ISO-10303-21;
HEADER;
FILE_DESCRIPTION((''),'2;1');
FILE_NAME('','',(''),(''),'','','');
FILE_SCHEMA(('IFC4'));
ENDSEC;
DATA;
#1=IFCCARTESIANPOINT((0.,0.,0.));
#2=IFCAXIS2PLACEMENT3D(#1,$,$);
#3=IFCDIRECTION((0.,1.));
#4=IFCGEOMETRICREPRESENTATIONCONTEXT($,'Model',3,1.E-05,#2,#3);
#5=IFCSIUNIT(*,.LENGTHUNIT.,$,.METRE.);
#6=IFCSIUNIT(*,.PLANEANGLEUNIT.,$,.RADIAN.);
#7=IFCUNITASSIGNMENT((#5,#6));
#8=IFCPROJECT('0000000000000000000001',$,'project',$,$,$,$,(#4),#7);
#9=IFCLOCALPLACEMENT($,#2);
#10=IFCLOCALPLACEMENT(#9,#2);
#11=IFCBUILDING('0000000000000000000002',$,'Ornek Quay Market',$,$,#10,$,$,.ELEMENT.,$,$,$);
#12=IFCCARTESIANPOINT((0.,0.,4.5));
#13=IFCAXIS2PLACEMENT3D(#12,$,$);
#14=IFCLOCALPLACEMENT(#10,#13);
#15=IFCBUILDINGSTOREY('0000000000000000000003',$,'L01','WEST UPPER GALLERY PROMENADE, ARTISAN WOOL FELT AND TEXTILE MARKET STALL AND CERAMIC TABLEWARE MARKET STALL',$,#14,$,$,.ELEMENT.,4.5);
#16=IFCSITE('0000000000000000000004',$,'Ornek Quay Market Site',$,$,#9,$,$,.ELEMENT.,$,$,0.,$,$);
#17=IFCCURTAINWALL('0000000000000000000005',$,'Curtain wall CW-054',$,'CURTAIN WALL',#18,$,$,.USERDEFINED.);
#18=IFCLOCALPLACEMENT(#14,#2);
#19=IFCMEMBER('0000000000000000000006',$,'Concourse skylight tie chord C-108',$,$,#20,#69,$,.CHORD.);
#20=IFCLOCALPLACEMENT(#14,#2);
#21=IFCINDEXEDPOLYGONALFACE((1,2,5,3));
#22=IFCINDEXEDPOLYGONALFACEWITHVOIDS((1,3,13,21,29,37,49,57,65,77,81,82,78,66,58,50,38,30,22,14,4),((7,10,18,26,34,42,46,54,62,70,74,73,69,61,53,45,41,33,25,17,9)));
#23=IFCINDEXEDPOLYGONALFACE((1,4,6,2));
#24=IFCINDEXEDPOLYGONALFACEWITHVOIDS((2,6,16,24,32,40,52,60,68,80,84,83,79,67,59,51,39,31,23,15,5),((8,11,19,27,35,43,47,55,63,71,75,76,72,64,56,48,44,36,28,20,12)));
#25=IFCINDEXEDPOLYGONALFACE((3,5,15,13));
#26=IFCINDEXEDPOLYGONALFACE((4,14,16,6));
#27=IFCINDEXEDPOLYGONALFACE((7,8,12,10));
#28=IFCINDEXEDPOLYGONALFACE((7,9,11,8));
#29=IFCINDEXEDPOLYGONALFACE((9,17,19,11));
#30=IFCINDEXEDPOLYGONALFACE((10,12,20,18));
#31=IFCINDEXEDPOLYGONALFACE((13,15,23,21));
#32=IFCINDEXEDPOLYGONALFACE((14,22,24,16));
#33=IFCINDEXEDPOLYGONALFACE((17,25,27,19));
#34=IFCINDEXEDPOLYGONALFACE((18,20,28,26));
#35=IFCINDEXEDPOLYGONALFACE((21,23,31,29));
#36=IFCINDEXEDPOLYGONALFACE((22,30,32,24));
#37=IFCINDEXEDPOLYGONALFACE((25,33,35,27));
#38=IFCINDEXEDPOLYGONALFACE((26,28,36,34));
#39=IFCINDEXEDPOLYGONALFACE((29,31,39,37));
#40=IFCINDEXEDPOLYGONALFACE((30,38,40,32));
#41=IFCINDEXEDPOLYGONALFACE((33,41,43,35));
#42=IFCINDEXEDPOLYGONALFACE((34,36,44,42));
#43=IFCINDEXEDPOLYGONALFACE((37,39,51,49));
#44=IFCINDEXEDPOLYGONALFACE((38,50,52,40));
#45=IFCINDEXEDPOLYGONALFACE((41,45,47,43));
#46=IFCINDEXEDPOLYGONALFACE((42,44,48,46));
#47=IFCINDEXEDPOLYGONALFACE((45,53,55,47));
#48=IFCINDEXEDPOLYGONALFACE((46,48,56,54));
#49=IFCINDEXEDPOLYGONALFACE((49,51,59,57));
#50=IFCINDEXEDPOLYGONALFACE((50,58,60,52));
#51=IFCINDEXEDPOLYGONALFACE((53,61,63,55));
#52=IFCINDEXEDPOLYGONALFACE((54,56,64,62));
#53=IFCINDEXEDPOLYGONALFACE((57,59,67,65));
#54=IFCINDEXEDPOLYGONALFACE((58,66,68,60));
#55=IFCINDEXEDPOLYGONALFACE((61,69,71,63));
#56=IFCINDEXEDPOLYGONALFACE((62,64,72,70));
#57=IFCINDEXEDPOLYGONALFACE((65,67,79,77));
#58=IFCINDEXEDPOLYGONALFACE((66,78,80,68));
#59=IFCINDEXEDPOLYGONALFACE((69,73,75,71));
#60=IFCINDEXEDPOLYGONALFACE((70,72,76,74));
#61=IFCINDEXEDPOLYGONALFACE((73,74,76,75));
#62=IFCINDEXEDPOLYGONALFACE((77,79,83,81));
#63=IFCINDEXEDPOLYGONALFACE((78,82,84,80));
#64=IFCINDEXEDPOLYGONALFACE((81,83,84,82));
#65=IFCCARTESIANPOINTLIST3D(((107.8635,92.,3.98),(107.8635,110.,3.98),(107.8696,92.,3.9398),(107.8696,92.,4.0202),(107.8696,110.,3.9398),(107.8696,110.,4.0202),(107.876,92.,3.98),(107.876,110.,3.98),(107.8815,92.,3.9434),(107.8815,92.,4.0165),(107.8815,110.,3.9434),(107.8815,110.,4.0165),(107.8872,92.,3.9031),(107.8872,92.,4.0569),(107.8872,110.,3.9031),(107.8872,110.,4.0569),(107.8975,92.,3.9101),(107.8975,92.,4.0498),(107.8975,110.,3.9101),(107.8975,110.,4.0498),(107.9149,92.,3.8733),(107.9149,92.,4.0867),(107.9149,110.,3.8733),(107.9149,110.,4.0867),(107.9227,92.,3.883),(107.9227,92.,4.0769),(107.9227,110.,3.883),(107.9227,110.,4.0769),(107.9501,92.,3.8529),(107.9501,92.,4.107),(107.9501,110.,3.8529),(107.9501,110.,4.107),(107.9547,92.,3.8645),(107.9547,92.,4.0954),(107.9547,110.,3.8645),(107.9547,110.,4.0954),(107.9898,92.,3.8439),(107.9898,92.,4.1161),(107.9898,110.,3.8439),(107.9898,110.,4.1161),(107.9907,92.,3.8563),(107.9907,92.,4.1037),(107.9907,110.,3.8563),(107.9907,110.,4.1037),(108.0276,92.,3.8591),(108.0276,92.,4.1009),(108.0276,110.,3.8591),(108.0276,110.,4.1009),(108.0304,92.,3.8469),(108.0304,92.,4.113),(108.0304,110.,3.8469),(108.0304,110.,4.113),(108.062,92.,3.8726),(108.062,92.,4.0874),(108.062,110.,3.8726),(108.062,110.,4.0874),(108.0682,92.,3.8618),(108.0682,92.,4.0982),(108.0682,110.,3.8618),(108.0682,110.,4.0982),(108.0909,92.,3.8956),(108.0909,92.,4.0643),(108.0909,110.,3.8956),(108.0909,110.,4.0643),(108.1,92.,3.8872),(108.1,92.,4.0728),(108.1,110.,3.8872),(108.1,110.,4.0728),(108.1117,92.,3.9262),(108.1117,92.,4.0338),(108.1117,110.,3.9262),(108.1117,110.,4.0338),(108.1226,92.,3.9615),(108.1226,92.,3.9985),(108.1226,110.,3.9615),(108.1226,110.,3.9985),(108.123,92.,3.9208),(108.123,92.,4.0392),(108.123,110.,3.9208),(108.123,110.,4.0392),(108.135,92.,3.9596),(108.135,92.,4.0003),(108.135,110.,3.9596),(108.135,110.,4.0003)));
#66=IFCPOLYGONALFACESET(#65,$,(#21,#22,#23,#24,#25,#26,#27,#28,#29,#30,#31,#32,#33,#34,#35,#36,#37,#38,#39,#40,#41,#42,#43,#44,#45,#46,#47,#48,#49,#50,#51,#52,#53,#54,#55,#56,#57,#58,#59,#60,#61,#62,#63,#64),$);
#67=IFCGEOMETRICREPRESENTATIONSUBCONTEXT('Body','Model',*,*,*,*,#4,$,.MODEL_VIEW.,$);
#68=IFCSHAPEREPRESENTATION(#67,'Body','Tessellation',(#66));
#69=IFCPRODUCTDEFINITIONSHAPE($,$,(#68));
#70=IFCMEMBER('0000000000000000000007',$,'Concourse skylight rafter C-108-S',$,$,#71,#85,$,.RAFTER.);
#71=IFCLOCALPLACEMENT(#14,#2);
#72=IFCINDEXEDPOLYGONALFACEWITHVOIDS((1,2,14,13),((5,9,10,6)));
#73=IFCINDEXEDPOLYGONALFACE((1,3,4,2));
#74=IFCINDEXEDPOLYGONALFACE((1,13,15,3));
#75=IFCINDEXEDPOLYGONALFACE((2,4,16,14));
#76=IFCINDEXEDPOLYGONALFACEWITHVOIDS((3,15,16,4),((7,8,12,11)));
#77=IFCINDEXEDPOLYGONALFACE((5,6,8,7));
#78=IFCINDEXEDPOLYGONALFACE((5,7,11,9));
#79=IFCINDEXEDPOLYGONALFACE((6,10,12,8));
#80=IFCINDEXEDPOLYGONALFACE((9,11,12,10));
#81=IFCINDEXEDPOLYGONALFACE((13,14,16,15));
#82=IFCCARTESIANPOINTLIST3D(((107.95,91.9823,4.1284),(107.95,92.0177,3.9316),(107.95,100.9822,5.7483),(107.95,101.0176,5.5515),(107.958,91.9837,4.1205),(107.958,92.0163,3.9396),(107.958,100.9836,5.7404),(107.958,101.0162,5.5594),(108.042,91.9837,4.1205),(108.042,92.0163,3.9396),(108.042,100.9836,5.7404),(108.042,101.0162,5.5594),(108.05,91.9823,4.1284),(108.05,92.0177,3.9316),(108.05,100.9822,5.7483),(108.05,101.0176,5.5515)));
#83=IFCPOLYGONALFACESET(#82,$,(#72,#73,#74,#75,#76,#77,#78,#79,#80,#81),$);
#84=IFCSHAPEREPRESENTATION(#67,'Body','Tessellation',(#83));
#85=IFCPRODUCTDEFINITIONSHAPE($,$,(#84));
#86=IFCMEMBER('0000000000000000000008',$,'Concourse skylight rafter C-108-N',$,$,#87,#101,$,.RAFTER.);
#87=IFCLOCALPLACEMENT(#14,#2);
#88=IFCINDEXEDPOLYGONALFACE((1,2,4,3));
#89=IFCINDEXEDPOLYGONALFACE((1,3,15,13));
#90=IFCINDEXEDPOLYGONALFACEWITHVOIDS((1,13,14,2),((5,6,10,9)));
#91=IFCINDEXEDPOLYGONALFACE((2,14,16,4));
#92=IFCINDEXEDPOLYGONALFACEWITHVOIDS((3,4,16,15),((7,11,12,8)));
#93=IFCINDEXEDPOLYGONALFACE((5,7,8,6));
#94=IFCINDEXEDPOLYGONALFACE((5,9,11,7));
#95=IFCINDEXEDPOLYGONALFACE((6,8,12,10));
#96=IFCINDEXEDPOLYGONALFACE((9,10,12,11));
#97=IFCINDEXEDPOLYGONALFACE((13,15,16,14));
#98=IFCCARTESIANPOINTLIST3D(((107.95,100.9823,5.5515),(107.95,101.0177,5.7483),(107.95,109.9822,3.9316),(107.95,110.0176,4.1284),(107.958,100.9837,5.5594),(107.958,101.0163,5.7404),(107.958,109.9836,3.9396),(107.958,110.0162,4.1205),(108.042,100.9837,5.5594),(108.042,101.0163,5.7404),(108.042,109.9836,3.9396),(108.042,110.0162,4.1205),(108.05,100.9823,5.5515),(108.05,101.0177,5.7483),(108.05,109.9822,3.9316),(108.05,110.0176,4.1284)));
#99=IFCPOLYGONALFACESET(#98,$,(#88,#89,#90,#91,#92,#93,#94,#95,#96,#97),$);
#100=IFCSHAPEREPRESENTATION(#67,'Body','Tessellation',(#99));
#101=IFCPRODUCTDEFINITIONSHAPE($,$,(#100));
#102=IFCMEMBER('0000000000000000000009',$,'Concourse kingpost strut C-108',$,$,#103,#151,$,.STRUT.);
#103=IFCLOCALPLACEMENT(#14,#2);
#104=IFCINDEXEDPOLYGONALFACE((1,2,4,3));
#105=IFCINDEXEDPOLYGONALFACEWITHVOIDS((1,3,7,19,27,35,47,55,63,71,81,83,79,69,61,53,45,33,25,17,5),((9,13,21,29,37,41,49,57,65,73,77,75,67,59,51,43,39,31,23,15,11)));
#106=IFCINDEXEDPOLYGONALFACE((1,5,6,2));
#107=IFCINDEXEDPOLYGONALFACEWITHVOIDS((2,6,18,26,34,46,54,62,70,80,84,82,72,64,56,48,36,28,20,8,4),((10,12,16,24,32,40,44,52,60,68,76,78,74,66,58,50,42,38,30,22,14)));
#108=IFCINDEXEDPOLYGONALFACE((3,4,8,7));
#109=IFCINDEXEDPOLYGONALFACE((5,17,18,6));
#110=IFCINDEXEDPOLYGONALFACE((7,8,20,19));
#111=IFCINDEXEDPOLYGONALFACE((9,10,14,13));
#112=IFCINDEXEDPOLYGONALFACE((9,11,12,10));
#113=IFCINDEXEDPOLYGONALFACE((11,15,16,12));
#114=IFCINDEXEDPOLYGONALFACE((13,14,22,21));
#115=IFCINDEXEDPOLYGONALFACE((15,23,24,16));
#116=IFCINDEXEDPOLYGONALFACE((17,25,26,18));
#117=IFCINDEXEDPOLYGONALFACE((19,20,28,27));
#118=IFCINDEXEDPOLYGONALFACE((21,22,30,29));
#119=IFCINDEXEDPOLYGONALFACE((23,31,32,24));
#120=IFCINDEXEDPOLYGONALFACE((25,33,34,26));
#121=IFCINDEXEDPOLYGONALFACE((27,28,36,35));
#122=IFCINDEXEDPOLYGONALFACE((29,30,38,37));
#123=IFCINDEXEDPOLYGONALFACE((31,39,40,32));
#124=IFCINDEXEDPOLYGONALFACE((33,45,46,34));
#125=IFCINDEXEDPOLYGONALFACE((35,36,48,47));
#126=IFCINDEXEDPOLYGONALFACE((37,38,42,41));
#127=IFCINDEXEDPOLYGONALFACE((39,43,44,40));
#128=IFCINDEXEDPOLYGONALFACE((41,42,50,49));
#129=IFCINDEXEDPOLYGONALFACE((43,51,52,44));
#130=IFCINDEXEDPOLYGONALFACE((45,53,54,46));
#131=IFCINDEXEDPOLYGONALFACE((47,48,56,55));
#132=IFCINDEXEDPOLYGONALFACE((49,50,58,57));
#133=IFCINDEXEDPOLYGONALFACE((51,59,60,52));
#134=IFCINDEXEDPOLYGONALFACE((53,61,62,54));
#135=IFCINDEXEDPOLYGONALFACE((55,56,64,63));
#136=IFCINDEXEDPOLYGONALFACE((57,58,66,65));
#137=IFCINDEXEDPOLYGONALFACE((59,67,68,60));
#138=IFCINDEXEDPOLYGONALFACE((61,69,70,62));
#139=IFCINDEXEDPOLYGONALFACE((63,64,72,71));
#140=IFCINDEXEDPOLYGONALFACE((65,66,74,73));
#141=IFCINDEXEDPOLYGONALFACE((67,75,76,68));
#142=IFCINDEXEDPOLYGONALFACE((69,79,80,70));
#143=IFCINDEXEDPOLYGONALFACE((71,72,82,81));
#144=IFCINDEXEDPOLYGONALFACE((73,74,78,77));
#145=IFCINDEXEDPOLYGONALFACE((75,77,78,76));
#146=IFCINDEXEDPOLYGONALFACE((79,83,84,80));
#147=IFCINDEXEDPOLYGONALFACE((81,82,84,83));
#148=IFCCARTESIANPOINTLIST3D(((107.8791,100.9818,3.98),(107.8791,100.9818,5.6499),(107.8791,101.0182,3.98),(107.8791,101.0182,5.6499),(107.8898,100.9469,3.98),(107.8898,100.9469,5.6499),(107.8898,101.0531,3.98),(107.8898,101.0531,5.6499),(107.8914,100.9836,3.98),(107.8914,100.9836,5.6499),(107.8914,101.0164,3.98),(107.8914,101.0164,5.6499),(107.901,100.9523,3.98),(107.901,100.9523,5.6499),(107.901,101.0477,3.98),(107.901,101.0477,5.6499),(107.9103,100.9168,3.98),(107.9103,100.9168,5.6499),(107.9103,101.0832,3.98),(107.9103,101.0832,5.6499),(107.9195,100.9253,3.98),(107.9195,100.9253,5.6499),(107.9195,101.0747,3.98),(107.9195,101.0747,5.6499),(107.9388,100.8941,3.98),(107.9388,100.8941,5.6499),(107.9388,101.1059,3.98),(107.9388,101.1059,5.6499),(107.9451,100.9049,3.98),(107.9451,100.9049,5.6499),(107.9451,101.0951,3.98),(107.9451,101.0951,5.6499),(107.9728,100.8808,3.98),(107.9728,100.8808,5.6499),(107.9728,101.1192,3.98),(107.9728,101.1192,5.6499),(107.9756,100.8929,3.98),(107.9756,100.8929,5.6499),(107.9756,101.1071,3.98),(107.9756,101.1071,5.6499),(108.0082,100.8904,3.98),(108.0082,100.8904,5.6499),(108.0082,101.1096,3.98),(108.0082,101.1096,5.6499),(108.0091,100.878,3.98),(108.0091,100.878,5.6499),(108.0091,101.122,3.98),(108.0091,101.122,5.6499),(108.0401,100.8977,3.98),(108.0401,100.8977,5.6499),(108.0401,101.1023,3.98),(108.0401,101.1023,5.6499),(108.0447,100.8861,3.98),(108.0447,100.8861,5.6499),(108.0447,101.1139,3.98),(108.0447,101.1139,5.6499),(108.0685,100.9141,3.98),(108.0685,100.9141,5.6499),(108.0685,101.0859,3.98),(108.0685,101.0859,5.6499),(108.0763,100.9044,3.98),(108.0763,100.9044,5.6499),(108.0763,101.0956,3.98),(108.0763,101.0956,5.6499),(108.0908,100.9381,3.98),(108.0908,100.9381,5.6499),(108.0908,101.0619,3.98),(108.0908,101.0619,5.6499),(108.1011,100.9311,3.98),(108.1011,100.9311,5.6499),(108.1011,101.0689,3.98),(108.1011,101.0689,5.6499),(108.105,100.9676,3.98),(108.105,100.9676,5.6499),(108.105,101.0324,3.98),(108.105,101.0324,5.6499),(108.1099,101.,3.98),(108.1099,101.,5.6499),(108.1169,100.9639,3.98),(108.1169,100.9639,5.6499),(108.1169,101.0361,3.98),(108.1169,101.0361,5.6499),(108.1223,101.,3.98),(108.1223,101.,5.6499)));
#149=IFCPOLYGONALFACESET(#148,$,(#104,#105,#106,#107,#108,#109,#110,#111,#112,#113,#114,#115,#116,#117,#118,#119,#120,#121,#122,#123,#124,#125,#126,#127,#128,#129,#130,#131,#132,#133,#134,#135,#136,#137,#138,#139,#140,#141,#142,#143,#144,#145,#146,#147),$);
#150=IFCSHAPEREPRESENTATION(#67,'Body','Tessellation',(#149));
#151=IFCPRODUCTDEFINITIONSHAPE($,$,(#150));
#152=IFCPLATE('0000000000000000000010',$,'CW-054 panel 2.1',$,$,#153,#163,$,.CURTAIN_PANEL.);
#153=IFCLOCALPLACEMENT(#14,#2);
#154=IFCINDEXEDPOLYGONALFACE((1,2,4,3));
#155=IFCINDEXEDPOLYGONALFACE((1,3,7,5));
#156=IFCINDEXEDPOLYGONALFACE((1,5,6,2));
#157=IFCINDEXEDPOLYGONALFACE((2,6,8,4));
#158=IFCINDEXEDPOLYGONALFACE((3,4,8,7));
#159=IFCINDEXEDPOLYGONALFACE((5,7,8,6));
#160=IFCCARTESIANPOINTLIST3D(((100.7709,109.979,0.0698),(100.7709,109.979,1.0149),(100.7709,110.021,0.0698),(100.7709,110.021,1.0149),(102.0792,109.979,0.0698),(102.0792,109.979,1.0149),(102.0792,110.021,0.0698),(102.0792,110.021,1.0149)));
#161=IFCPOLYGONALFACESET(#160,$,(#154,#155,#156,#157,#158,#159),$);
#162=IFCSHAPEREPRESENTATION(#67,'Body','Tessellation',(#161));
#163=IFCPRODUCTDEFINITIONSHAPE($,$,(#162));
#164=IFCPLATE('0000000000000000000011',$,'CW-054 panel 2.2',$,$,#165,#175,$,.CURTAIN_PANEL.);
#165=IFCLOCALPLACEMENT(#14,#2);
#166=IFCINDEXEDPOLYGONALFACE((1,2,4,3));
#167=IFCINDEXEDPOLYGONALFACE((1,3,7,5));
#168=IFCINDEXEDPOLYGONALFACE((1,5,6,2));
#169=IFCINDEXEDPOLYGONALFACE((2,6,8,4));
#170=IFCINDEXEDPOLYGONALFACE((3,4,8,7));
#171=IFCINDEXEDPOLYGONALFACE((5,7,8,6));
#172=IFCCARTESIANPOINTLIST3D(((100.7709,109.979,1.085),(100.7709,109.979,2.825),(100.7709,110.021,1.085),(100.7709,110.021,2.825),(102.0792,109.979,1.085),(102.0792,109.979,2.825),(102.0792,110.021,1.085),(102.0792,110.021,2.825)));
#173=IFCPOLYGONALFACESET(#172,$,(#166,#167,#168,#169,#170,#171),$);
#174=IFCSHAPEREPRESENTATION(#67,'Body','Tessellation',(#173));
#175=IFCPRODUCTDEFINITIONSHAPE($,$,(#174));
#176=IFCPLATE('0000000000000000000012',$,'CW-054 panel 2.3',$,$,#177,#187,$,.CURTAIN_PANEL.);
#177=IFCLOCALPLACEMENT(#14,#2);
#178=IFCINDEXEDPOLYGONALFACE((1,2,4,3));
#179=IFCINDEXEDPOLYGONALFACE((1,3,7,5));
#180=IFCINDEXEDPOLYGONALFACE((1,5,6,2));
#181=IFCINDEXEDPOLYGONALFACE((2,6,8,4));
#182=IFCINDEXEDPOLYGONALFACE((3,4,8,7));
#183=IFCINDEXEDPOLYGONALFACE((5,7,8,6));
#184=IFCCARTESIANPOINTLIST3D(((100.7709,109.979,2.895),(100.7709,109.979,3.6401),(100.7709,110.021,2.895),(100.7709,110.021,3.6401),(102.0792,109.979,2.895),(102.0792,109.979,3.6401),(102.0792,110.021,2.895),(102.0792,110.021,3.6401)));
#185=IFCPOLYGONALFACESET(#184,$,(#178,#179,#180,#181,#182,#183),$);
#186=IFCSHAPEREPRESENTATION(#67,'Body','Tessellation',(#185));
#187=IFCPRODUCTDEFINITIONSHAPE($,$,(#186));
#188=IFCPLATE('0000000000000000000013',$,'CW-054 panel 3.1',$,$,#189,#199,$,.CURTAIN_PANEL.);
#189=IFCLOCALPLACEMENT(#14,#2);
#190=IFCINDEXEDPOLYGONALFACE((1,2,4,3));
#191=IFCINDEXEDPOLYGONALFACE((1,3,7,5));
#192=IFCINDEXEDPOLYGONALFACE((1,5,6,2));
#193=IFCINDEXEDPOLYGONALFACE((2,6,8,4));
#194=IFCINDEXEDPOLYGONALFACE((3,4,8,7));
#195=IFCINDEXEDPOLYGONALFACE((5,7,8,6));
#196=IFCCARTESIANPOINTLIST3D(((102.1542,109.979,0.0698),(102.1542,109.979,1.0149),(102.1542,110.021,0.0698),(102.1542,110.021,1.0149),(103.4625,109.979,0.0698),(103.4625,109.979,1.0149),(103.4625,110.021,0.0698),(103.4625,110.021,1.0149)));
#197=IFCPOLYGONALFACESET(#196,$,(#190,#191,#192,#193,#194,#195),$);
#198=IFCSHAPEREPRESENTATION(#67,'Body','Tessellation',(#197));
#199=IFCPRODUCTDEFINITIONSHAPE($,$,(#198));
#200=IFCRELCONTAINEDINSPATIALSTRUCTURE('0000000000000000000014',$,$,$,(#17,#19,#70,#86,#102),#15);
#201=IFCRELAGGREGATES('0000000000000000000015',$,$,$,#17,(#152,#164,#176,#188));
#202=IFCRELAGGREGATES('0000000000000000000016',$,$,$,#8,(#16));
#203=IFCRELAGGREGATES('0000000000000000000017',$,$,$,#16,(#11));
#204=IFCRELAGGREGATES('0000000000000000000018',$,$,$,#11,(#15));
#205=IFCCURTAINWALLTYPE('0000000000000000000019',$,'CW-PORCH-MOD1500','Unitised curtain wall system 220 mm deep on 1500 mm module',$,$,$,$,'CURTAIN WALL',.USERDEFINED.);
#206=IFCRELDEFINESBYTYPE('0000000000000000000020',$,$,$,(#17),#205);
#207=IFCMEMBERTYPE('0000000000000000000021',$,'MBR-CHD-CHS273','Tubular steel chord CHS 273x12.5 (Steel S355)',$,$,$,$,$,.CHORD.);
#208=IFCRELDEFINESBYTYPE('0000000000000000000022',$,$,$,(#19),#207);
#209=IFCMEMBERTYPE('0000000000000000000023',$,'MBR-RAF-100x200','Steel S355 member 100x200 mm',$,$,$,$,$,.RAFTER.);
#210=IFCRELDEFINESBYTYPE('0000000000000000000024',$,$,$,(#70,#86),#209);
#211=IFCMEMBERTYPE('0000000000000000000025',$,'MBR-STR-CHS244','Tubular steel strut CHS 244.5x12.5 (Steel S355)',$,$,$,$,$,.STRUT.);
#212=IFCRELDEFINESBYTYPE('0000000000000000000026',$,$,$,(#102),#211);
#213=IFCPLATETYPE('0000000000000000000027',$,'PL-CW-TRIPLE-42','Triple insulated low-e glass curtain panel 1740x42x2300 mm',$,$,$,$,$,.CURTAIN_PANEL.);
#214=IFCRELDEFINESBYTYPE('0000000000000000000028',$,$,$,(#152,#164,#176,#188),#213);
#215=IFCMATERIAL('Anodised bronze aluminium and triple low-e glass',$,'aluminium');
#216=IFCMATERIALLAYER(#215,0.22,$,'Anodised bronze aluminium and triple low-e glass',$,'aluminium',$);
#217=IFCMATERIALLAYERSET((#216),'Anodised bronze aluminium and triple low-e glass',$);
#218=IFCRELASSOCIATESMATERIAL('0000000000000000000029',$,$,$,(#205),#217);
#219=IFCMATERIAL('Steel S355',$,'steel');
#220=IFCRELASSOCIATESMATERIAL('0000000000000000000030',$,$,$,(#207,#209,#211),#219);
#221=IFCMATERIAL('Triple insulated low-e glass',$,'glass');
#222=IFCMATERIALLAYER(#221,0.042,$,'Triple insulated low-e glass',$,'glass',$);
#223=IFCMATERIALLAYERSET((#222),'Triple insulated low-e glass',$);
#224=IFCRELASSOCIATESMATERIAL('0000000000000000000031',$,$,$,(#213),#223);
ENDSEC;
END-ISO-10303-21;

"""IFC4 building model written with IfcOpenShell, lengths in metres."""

from ifc_helpers import new_model, si_unit, direction, frame, origin, origin_2d, place, context, subcontext, project, spatial, rectangle, hollow_rectangle, hollow_circle, extrude, material, layer, layer_set, material_profile, profile_set, type_object, element, aggregate, save


model = new_model("IFC4")

# Units and contexts
model_context = context("Model", 3, precision=1e-05, world=origin(), true_north=direction((0.0, 1.0)))
body_context = subcontext(model_context, "Body", "Model", "MODEL_VIEW")
ifc_project = project(units=[si_unit("LENGTHUNIT", "METRE"), si_unit("PLANEANGLEUNIT", "RADIAN")], contexts=[model_context])

# Site, building, storey
site_placement = place(None, origin())
site = spatial("IfcSite", under=ifc_project, at=site_placement, Name="Ornek Quay Market Site", CompositionType="ELEMENT", RefElevation=0.0)
building_placement = place(site_placement, origin())
building = spatial("IfcBuilding", under=site, at=building_placement, Name="Ornek Quay Market", CompositionType="ELEMENT")
storey_placement = place(building_placement, frame((0.0, 0.0, 4.5)))
storey = spatial("IfcBuildingStorey", under=building, at=storey_placement, Name="L01", Description="WEST UPPER GALLERY PROMENADE, ARTISAN WOOL FELT AND TEXTILE MARKET STALL AND CERAMIC TABLEWARE MARKET STALL", CompositionType="ELEMENT", Elevation=4.5)

# Curtain wall
ifc_material_1 = material(Name="Anodised bronze aluminium and triple low-e glass", Category="aluminium")
ifc_layer_1 = layer(ifc_material_1, 0.22, Name="Anodised bronze aluminium and triple low-e glass", Category="aluminium")
ifc_layer_set_1 = layer_set([ifc_layer_1], Name="Anodised bronze aluminium and triple low-e glass")
curtain_wall_type_1 = type_object("IfcCurtainWallType", Name="CW-PORCH-MOD1500", Description="Unitised curtain wall system 220 mm deep on 1500 mm module", ElementType="CURTAIN WALL", PredefinedType="USERDEFINED", material=ifc_layer_set_1)
curtain_wall_1_placement = place(storey_placement, origin())
curtain_wall_1 = element("IfcCurtainWall", 1, at=curtain_wall_1_placement, inside=storey, type_object=curtain_wall_type_1, Name="Curtain wall CW-054", ObjectType="CURTAIN WALL", PredefinedType="USERDEFINED")

# Members
ifc_material_2 = material(Name="Steel S355", Category="steel")
ifc_material_profile_1 = material_profile(ifc_material_2, hollow_circle(Radius=0.1365, WallThickness=0.0125, at=origin_2d()), Name="CHS 273x12.5", Category="steel")
ifc_profile_set_1 = profile_set([ifc_material_profile_1], Name="Steel S355")
member_type_1 = type_object("IfcMemberType", Name="MBR-CHD-CHS273", Description="Tubular steel chord CHS 273x12.5 (Steel S355)", PredefinedType="CHORD", material=ifc_profile_set_1)
member_1_placement = place(storey_placement, frame((108.0, 92.0, 3.98), z_axis=(0.0, 1.0, 0.0), x_axis=(-1.0, 0.0, 0.0)))
element("IfcMember", 2, at=member_1_placement, inside=storey, type_object=member_type_1, Name="Concourse skylight tie chord C-108", PredefinedType="CHORD", context=body_context, shape_type="SweptSolid", body=[
    extrude(hollow_circle(Radius=0.1365, WallThickness=0.0125, at=origin_2d()), origin(), (0.0, 0.0, 1.0), 18.0),
])
ifc_material_profile_2 = material_profile(ifc_material_2, hollow_rectangle(XDim=0.1001, YDim=0.2, WallThickness=0.0081, at=origin_2d()), Name="MBR-RAF-100x200", Category="steel")
ifc_profile_set_2 = profile_set([ifc_material_profile_2], Name="Steel S355")
member_type_2 = type_object("IfcMemberType", Name="MBR-RAF-100x200", Description="Steel S355 member 100x200 mm", PredefinedType="RAFTER", material=ifc_profile_set_2)
for number, where, z_axis, x_axis, name in (
    (3, (108.0, 92.0, 4.03), (0.0, 0.984186, 0.17714), (-1.0, 0.0, 0.0), "Concourse skylight rafter C-108-S"),
    (4, (108.0, 101.0, 5.6499), (0.0, 0.984186, -0.17714), (-1.0, 0.0, 0.0), "Concourse skylight rafter C-108-N"),
):
    element("IfcMember", number, at=place(storey_placement, frame(where, z_axis=z_axis, x_axis=x_axis)), inside=storey, type_object=member_type_2, Name=name, PredefinedType="RAFTER", context=body_context, shape_type="SweptSolid", body=[
        extrude(hollow_rectangle(XDim=0.1001, YDim=0.2, WallThickness=0.0081, at=origin_2d()), origin(), (0.0, 0.0, 1.0), 9.1445),
    ])
ifc_material_profile_3 = material_profile(ifc_material_2, hollow_circle(Radius=0.1223, WallThickness=0.0125, at=origin_2d()), Name="CHS 244.5x12.5", Category="steel")
ifc_profile_set_3 = profile_set([ifc_material_profile_3], Name="Steel S355")
member_type_3 = type_object("IfcMemberType", Name="MBR-STR-CHS244", Description="Tubular steel strut CHS 244.5x12.5 (Steel S355)", PredefinedType="STRUT", material=ifc_profile_set_3)
member_2_placement = place(storey_placement, frame((108.0, 101.0, 3.98), z_axis=(0.0, 0.0, 1.0), x_axis=(1.0, 0.0, 0.0)))
element("IfcMember", 5, at=member_2_placement, inside=storey, type_object=member_type_3, Name="Concourse kingpost strut C-108", PredefinedType="STRUT", context=body_context, shape_type="SweptSolid", body=[
    extrude(hollow_circle(Radius=0.1223, WallThickness=0.0125, at=origin_2d()), origin(), (0.0, 0.0, 1.0), 1.6699),
])

# Plates
ifc_material_3 = material(Name="Triple insulated low-e glass", Category="glass")
ifc_layer_2 = layer(ifc_material_3, 0.042, Name="Triple insulated low-e glass", Category="glass")
ifc_layer_set_2 = layer_set([ifc_layer_2], Name="Triple insulated low-e glass")
plate_type_1 = type_object("IfcPlateType", Name="PL-CW-TRIPLE-42", Description="Triple insulated low-e glass curtain panel 1740x42x2300 mm", PredefinedType="CURTAIN_PANEL", material=ifc_layer_set_2)
plate_1_placement = place(storey_placement, frame((101.425, 110.0, 0.0698), z_axis=(0.0, 0.0, 1.0), x_axis=(1.0, 0.0, 0.0)))
plate_1 = element("IfcPlate", 6, at=plate_1_placement, type_object=plate_type_1, Name="CW-054 panel 2.1", PredefinedType="CURTAIN_PANEL", context=body_context, shape_type="SweptSolid", body=[
    extrude(rectangle(XDim=1.3083, YDim=0.042, at=origin_2d()), origin(), (0.0, 0.0, 1.0), 0.9451),
])
plate_2_placement = place(storey_placement, frame((101.425, 110.0, 1.085), z_axis=(0.0, 0.0, 1.0), x_axis=(1.0, 0.0, 0.0)))
plate_2 = element("IfcPlate", 7, at=plate_2_placement, type_object=plate_type_1, Name="CW-054 panel 2.2", PredefinedType="CURTAIN_PANEL", context=body_context, shape_type="SweptSolid", body=[
    extrude(rectangle(XDim=1.3083, YDim=0.042, at=origin_2d()), origin(), (0.0, 0.0, 1.0), 1.74),
])
plate_3_placement = place(storey_placement, frame((101.425, 110.0, 2.895), z_axis=(0.0, 0.0, 1.0), x_axis=(1.0, 0.0, 0.0)))
plate_3 = element("IfcPlate", 8, at=plate_3_placement, type_object=plate_type_1, Name="CW-054 panel 2.3", PredefinedType="CURTAIN_PANEL", context=body_context, shape_type="SweptSolid", body=[
    extrude(rectangle(XDim=1.3083, YDim=0.042, at=origin_2d()), origin(), (0.0, 0.0, 1.0), 0.7451),
])
plate_4_placement = place(storey_placement, frame((102.8083, 110.0, 0.0698), z_axis=(0.0, 0.0, 1.0), x_axis=(1.0, 0.0, 0.0)))
plate_4 = element("IfcPlate", 9, at=plate_4_placement, type_object=plate_type_1, Name="CW-054 panel 3.1", PredefinedType="CURTAIN_PANEL", context=body_context, shape_type="SweptSolid", body=[
    extrude(rectangle(XDim=1.3083, YDim=0.042, at=origin_2d()), origin(), (0.0, 0.0, 1.0), 0.9451),
])
aggregate(curtain_wall_1, [plate_1, plate_2, plate_3, plate_4])

save(model, "model.ifc")
